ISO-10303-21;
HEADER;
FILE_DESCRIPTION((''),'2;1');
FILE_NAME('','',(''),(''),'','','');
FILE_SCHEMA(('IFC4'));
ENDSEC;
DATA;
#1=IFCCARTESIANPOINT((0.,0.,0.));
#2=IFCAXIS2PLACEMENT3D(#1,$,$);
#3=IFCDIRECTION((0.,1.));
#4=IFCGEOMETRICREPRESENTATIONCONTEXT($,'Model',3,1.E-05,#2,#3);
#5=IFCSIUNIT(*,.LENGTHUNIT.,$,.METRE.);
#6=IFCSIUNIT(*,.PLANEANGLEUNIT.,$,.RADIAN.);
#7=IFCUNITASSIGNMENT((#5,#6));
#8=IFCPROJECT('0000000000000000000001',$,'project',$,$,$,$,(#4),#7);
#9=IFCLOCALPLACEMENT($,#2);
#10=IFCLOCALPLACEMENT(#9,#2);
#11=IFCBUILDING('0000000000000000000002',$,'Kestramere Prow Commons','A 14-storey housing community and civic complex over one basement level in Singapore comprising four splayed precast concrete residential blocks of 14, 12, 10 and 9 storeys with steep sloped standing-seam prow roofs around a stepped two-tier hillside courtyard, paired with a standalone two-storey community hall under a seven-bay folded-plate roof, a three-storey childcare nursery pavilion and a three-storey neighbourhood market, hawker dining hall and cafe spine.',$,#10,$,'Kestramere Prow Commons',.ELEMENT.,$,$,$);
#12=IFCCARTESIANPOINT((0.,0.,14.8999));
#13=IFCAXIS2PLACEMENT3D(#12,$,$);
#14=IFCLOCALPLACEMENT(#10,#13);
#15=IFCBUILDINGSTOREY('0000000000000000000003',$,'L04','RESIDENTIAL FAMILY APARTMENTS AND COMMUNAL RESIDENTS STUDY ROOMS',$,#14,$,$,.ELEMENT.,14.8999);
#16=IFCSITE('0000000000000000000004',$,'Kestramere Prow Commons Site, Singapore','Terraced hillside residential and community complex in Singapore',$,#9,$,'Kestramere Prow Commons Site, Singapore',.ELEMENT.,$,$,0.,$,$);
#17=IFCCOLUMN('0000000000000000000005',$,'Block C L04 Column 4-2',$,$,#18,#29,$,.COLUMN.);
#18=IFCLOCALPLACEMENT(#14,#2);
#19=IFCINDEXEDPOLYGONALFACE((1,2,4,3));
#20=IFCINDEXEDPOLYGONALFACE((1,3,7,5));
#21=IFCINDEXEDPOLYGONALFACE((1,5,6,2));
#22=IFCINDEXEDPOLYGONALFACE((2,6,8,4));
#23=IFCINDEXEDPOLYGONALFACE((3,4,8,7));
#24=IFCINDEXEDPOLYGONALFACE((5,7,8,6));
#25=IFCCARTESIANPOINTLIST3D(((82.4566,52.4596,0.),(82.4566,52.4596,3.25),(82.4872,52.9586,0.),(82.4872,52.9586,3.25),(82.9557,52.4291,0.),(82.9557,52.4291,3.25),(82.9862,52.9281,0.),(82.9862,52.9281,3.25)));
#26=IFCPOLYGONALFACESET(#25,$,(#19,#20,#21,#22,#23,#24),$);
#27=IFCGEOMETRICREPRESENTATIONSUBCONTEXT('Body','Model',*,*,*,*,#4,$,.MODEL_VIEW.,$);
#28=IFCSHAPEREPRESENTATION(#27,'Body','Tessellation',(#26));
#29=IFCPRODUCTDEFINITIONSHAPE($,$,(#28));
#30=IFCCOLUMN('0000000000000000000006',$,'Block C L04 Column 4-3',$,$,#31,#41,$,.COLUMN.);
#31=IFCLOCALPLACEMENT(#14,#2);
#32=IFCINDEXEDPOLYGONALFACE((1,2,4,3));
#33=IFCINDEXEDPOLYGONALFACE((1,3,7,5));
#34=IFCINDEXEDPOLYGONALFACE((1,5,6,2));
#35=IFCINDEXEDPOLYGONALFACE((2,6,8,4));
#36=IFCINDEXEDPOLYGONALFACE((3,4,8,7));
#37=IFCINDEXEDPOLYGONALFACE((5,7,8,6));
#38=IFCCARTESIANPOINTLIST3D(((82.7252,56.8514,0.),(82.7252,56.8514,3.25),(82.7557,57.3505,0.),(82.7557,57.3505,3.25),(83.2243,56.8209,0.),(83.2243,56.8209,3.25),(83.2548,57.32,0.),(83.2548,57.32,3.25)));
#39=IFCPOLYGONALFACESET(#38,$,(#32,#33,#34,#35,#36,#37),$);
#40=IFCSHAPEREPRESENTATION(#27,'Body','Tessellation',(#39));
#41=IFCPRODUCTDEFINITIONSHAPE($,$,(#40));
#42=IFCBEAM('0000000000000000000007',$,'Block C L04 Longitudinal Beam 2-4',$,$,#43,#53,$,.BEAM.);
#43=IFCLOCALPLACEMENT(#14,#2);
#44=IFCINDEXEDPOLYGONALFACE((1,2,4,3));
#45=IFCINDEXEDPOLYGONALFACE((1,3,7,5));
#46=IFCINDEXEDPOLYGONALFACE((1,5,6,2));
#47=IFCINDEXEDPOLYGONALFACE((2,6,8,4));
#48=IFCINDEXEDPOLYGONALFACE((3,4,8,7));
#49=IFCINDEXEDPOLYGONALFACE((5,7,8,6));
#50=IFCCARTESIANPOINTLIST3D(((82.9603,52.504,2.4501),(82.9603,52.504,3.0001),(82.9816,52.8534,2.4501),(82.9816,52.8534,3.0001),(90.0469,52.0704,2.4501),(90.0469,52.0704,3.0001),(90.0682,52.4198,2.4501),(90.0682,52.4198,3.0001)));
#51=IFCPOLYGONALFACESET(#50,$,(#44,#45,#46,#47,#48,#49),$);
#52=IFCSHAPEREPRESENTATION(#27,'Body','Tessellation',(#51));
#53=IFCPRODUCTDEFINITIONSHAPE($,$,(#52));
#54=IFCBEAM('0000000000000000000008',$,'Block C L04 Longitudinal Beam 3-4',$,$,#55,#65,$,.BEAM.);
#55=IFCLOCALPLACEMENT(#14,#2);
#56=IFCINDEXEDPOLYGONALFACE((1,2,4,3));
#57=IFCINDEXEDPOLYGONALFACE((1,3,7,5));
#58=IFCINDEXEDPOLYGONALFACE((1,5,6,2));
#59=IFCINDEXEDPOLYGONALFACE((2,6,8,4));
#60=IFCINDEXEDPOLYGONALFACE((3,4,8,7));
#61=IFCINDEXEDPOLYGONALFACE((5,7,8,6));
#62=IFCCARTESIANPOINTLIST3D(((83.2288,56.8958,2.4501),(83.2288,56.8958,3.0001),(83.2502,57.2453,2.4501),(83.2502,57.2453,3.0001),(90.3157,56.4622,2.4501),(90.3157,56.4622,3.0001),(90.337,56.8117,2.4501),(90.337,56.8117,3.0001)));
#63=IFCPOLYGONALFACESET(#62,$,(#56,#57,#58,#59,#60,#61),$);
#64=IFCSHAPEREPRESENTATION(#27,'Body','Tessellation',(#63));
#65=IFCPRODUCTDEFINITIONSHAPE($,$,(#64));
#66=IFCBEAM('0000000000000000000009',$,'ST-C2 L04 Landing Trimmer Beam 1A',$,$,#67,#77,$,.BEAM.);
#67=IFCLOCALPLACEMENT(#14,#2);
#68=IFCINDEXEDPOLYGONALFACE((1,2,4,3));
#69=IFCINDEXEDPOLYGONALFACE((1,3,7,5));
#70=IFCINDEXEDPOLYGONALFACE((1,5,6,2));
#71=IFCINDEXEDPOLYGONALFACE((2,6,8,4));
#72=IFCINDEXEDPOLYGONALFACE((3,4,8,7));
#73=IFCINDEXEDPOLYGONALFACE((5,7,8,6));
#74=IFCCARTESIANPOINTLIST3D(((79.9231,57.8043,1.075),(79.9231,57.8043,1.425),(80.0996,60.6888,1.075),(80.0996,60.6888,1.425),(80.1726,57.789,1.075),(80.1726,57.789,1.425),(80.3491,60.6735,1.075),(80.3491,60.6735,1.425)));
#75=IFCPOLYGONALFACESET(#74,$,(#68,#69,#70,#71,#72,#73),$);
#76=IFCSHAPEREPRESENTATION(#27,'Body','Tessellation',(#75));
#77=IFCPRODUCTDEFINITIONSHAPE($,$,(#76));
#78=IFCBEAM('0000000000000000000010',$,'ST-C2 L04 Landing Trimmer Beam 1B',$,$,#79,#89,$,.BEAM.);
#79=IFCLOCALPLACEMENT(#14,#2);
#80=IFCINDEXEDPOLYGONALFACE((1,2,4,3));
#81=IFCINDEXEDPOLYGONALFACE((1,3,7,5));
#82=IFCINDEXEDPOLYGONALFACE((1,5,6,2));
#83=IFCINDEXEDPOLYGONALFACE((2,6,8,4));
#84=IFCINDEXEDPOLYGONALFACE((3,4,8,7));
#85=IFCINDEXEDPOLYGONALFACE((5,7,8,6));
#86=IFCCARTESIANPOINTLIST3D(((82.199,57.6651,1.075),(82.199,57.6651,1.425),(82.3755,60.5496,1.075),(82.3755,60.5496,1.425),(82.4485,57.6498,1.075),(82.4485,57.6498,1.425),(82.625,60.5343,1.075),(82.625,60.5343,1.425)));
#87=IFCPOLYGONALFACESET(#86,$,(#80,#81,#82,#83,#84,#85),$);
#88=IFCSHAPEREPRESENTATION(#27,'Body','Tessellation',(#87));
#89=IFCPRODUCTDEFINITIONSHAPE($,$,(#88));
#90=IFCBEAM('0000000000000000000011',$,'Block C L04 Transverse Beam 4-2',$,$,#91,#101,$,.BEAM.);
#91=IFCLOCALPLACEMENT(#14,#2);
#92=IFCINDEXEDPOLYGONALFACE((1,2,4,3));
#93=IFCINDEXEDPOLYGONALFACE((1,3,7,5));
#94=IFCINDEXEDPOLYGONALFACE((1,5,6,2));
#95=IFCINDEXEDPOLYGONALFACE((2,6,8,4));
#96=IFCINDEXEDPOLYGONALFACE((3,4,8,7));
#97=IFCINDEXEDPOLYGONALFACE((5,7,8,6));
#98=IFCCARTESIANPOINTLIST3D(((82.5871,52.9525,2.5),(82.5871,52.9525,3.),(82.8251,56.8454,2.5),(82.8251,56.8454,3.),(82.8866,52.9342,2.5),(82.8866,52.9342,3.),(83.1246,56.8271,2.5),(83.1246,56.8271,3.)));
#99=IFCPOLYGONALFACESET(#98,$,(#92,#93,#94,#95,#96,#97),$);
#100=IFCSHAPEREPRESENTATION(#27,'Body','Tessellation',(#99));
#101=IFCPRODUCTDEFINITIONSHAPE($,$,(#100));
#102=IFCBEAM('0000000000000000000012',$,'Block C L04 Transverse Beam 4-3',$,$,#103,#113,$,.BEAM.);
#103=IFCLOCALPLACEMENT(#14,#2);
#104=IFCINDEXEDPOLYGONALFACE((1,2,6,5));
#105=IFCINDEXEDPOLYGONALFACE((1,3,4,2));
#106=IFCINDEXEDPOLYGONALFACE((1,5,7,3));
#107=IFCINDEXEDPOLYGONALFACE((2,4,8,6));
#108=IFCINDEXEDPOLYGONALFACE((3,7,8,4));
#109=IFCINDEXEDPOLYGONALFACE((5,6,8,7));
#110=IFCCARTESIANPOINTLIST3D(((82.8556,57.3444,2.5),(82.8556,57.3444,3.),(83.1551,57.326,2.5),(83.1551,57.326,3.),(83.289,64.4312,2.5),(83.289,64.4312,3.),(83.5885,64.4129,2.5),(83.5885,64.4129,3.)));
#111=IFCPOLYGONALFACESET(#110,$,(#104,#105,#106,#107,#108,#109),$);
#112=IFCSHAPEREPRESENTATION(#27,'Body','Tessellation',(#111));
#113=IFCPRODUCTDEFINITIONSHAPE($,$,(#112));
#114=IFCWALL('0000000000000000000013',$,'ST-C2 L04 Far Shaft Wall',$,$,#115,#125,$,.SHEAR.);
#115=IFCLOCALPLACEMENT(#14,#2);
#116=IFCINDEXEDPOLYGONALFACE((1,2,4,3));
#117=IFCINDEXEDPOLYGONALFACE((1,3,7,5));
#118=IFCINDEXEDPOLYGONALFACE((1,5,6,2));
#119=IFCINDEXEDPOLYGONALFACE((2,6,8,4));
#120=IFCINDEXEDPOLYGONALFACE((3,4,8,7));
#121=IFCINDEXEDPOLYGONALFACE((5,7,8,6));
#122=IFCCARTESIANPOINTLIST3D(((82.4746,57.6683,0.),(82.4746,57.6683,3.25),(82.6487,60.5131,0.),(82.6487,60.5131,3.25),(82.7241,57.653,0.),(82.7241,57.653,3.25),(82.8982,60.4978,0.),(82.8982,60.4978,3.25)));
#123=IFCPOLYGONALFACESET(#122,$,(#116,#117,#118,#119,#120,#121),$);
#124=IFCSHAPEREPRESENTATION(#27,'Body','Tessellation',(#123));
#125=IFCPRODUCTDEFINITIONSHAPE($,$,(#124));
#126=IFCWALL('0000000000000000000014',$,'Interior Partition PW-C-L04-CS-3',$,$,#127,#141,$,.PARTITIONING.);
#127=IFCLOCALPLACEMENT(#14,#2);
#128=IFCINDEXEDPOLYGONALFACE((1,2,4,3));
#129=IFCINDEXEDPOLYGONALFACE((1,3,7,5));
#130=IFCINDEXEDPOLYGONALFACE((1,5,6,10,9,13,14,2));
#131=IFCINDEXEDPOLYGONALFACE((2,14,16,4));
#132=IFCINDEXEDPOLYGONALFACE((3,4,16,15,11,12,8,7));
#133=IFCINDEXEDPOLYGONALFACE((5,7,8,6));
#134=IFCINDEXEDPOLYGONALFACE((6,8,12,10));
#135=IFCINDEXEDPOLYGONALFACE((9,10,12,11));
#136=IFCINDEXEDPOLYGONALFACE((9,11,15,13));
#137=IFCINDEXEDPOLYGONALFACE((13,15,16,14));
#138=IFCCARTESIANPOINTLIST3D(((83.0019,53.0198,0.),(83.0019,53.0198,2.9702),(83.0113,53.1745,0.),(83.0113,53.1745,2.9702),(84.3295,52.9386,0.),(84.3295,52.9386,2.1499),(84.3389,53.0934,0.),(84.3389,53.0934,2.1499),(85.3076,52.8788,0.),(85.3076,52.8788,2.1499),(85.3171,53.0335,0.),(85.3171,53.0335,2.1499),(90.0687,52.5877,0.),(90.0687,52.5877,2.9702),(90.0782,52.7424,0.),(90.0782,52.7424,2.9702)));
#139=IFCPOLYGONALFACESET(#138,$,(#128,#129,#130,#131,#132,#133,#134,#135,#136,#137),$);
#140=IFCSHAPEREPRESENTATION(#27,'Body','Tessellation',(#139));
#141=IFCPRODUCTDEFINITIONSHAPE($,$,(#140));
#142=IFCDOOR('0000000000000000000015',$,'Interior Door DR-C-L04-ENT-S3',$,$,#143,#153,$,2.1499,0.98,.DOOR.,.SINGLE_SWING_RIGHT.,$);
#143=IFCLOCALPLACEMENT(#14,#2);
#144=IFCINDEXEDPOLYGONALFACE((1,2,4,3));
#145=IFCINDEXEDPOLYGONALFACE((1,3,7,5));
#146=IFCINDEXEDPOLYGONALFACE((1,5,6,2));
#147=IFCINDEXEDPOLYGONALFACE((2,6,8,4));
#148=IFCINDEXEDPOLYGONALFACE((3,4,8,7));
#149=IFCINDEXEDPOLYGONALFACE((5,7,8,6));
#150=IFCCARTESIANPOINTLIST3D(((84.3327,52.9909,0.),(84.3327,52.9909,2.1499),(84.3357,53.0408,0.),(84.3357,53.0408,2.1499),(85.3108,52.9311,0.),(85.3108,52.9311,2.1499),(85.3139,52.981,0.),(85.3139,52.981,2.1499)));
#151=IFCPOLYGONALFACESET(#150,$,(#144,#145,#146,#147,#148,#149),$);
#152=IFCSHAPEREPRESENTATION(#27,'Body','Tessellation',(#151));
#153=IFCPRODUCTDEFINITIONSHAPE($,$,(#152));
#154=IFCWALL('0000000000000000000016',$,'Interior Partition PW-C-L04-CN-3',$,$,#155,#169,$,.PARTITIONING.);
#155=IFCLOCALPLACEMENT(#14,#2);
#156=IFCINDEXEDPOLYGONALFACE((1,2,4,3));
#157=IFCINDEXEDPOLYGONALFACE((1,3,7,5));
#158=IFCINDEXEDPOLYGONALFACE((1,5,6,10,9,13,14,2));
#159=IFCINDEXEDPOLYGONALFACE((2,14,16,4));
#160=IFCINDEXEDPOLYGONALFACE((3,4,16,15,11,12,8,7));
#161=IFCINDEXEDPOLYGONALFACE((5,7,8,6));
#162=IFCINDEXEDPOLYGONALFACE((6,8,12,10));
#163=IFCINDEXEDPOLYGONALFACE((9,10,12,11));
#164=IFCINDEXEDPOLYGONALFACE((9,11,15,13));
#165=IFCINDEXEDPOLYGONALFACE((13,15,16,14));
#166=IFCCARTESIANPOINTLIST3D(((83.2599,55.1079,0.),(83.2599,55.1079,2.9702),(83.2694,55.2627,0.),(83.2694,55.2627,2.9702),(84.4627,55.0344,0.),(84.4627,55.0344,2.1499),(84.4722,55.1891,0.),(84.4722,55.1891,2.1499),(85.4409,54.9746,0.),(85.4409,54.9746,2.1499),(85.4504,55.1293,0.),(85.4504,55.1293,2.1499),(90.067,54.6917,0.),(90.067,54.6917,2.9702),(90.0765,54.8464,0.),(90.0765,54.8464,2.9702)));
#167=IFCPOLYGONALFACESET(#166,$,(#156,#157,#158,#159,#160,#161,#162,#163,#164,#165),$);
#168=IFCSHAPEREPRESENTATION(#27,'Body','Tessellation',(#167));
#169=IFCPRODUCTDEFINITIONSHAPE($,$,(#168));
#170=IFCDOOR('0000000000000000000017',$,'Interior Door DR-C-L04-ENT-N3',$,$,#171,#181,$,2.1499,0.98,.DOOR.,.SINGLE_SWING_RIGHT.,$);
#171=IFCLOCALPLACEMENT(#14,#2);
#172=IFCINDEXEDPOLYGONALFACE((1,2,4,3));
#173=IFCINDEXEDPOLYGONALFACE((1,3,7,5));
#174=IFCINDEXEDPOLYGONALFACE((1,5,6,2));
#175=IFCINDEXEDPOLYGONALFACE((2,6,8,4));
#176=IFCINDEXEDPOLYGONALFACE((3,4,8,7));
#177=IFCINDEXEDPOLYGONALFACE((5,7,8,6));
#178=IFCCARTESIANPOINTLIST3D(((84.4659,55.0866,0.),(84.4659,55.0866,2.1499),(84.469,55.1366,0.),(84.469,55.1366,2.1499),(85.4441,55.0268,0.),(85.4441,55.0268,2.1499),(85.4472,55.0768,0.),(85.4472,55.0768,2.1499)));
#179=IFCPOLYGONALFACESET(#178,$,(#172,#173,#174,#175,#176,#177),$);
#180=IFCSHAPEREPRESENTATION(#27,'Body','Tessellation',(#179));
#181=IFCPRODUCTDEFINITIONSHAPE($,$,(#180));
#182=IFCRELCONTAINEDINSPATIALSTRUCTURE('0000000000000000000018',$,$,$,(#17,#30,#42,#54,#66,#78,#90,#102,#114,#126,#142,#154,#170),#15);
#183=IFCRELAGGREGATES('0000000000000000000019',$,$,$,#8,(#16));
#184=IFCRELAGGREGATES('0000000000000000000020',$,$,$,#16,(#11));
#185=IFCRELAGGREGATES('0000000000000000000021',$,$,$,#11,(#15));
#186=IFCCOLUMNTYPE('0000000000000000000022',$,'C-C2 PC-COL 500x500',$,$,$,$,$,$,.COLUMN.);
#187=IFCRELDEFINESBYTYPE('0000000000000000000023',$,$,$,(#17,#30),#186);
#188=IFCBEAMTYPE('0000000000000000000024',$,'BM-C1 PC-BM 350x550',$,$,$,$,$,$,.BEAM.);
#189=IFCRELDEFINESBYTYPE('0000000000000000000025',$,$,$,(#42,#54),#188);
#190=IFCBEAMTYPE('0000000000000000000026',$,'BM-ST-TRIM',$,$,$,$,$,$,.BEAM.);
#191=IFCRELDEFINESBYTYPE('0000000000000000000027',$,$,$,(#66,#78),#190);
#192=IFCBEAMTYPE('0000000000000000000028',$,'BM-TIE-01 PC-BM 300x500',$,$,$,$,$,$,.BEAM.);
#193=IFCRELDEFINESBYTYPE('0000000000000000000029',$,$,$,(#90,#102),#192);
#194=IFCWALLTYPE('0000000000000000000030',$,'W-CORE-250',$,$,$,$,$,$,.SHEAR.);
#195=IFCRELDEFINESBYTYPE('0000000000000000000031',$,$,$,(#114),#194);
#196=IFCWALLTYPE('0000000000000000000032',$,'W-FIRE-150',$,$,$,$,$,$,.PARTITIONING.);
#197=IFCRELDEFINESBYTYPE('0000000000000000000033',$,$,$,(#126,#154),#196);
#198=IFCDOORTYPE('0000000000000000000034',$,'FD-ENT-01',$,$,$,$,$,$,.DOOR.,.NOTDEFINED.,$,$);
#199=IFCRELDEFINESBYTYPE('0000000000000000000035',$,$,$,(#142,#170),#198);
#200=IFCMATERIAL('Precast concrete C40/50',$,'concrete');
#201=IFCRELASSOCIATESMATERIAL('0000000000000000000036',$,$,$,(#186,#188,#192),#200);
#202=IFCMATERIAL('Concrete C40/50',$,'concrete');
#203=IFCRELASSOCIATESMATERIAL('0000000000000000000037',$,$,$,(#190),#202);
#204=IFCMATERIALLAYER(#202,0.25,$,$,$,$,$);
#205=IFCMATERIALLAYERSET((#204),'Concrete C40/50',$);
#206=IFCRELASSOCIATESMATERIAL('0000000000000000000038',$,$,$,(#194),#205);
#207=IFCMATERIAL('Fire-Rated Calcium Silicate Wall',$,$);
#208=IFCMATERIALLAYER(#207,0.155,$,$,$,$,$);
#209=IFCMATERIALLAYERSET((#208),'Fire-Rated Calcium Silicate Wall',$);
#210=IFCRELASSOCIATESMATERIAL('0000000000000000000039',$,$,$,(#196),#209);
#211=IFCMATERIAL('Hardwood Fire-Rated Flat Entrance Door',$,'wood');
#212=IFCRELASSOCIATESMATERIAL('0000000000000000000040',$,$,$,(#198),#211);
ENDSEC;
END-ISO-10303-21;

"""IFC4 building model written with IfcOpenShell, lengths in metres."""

from ifc_helpers import new_model, si_unit, direction, frame, frame_2d, origin, origin_2d, place, context, subcontext, project, spatial, rectangle, extrude, material, layer, layer_set, material_profile, profile_set, type_object, element, fill, save


model = new_model("IFC4")

# Units and contexts
model_context = context("Model", 3, precision=1e-05, world=origin(), true_north=direction((0.0, 1.0)))
body_context = subcontext(model_context, "Body", "Model", "MODEL_VIEW")
ifc_project = project(units=[si_unit("LENGTHUNIT", "METRE"), si_unit("PLANEANGLEUNIT", "RADIAN")], contexts=[model_context])

# Site, building, storey
site_placement = place(None, origin())
site = spatial("IfcSite", under=ifc_project, at=site_placement, Name="Kestramere Prow Commons Site, Singapore", Description="Terraced hillside residential and community complex in Singapore", LongName="Kestramere Prow Commons Site, Singapore", CompositionType="ELEMENT", RefElevation=0.0)
building_placement = place(site_placement, origin())
building = spatial("IfcBuilding", under=site, at=building_placement, Name="Kestramere Prow Commons", Description="A 14-storey housing community and civic complex over one basement level in Singapore comprising four splayed precast concrete residential blocks of 14, 12, 10 and 9 storeys with steep sloped standing-seam prow roofs around a stepped two-tier hillside courtyard, paired with a standalone two-storey community hall under a seven-bay folded-plate roof, a three-storey childcare nursery pavilion and a three-storey neighbourhood market, hawker dining hall and cafe spine.", LongName="Kestramere Prow Commons", CompositionType="ELEMENT")
storey_placement = place(building_placement, frame((0.0, 0.0, 14.8999)))
storey = spatial("IfcBuildingStorey", under=building, at=storey_placement, Name="L04", Description="RESIDENTIAL FAMILY APARTMENTS AND COMMUNAL RESIDENTS STUDY ROOMS", CompositionType="ELEMENT", Elevation=14.8999)

# Columns
ifc_material_1 = material(Name="Precast concrete C40/50", Category="concrete")
ifc_material_profile_1 = material_profile(ifc_material_1, rectangle(XDim=0.5, YDim=0.5, at=origin_2d()), Name="PC-COL 500x500")
ifc_profile_set_1 = profile_set([ifc_material_profile_1], Name="Precast concrete C40/50")
column_type = type_object("IfcColumnType", Name="C-C2 PC-COL 500x500", PredefinedType="COLUMN", material=ifc_profile_set_1)
for number, where, z_axis, x_axis, name in (
    (1, (82.7214, 52.6938, 0.0), (0.0, 0.0, 1.0), (0.998135, -0.061049, 0.0), "Block C L04 Column 4-2"),
    (2, (82.99, 57.0857, 0.0), (0.0, 0.0, 1.0), (0.998135, -0.061049, 0.0), "Block C L04 Column 4-3"),
):
    element("IfcColumn", number, at=place(storey_placement, frame(where, z_axis=z_axis, x_axis=x_axis)), inside=storey, type_object=column_type, Name=name, PredefinedType="COLUMN", context=body_context, shape_type="SweptSolid", body=[
        extrude(rectangle(XDim=0.5, YDim=0.5, at=origin_2d()), origin(), (0.0, 0.0, 1.0), 3.25),
    ])

# Beams
ifc_material_profile_2 = material_profile(ifc_material_1, rectangle(XDim=0.3501, YDim=0.55, at=origin_2d()), Name="PC-BM 350x550")
ifc_profile_set_2 = profile_set([ifc_material_profile_2], Name="Precast concrete C40/50")
beam_type_1 = type_object("IfcBeamType", Name="BM-C1 PC-BM 350x550", PredefinedType="BEAM", material=ifc_profile_set_2)
beam_1_placement = place(storey_placement, frame((82.9709, 52.6787, 2.7251), z_axis=(0.998133, -0.06107, 0.0), x_axis=(0.06107, 0.998133, 0.0)))
element("IfcBeam", 3, at=beam_1_placement, inside=storey, type_object=beam_type_1, Name="Block C L04 Longitudinal Beam 2-4", PredefinedType="BEAM", context=body_context, shape_type="SweptSolid", body=[
    extrude(rectangle(XDim=0.3501, YDim=0.55, at=origin_2d()), origin(), (0.0, 0.0, 1.0), 7.0999),
])
beam_2_placement = place(storey_placement, frame((83.2395, 57.0706, 2.7251), z_axis=(0.998134, -0.061068, 0.0), x_axis=(0.061068, 0.998134, 0.0)))
element("IfcBeam", 4, at=beam_2_placement, inside=storey, type_object=beam_type_1, Name="Block C L04 Longitudinal Beam 3-4", PredefinedType="BEAM", context=body_context, shape_type="SweptSolid", body=[
    extrude(rectangle(XDim=0.3501, YDim=0.55, at=origin_2d()), origin(), (0.0, 0.0, 1.0), 7.1001),
])
ifc_material_2 = material(Name="Concrete C40/50", Category="concrete")
ifc_material_profile_3 = material_profile(ifc_material_2, rectangle(XDim=0.25, YDim=0.3501, at=origin_2d()), Name="PC-BM 250x350")
ifc_profile_set_3 = profile_set([ifc_material_profile_3], Name="Concrete C40/50")
beam_type_2 = type_object("IfcBeamType", Name="BM-ST-TRIM", PredefinedType="BEAM", material=ifc_profile_set_3)
for number, where, z_axis, x_axis, name in (
    (5, (80.0479, 57.7966, 1.25), (0.061079, 0.998133, 0.0), (-0.998133, 0.061079, 0.0), "ST-C2 L04 Landing Trimmer Beam 1A"),
    (6, (82.3237, 57.6575, 1.25), (0.061079, 0.998133, 0.0), (-0.998133, 0.061079, 0.0), "ST-C2 L04 Landing Trimmer Beam 1B"),
):
    element("IfcBeam", number, at=place(storey_placement, frame(where, z_axis=z_axis, x_axis=x_axis)), inside=storey, type_object=beam_type_2, Name=name, PredefinedType="BEAM", context=body_context, shape_type="SweptSolid", body=[
        extrude(rectangle(XDim=0.25, YDim=0.3501, at=origin_2d()), origin(), (0.0, 0.0, 1.0), 2.8899),
    ])
ifc_material_profile_4 = material_profile(ifc_material_1, rectangle(XDim=0.3, YDim=0.5, at=origin_2d()), Name="PC-BM 300x500")
ifc_profile_set_4 = profile_set([ifc_material_profile_4], Name="Precast concrete C40/50")
beam_type_3 = type_object("IfcBeamType", Name="BM-TIE-01 PC-BM 300x500", PredefinedType="BEAM", material=ifc_profile_set_4)
beam_3_placement = place(storey_placement, frame((82.7368, 52.9434, 2.75), z_axis=(0.061034, 0.998136, 0.0), x_axis=(-0.998136, 0.061034, 0.0)))
element("IfcBeam", 7, at=beam_3_placement, inside=storey, type_object=beam_type_3, Name="Block C L04 Transverse Beam 4-2", PredefinedType="BEAM", context=body_context, shape_type="SweptSolid", body=[
    extrude(rectangle(XDim=0.3, YDim=0.5, at=origin_2d()), origin(), (0.0, 0.0, 1.0), 3.9001),
])
beam_4_placement = place(storey_placement, frame((83.0054, 57.3352, 2.75), z_axis=(0.061034, 0.998136, 0.0), x_axis=(-0.998136, 0.061034, 0.0)))
element("IfcBeam", 8, at=beam_4_placement, inside=storey, type_object=beam_type_3, Name="Block C L04 Transverse Beam 4-3", PredefinedType="BEAM", context=body_context, shape_type="SweptSolid", body=[
    extrude(rectangle(XDim=0.3, YDim=0.5, at=origin_2d()), origin(), (0.0, 0.0, 1.0), 7.1001),
])

# Wall
ifc_layer_1 = layer(ifc_material_2, 0.25)
ifc_layer_set_1 = layer_set([ifc_layer_1], Name="Concrete C40/50")
wall_type_1 = type_object("IfcWallType", Name="W-CORE-250", PredefinedType="SHEAR", material=ifc_layer_set_1)
wall_1_placement = place(storey_placement, frame((82.5994, 57.6606, 0.0), z_axis=(0.0, 0.0, 1.0), x_axis=(0.061077, 0.998133, 0.0)))
element("IfcWall", 9, at=wall_1_placement, inside=storey, type_object=wall_type_1, Name="ST-C2 L04 Far Shaft Wall", PredefinedType="SHEAR", context=body_context, shape_type="SweptSolid", body=[
    extrude(rectangle(XDim=2.8501, YDim=0.25, at=frame_2d((1.425, 0.0))), origin(), (0.0, 0.0, 1.0), 3.25),
])

# Walls, openings, doors
ifc_material_3 = material(Name="Fire-Rated Calcium Silicate Wall")
ifc_layer_2 = layer(ifc_material_3, 0.155)
ifc_layer_set_2 = layer_set([ifc_layer_2], Name="Fire-Rated Calcium Silicate Wall")
wall_type_2 = type_object("IfcWallType", Name="W-FIRE-150", PredefinedType="PARTITIONING", material=ifc_layer_set_2)
wall_2_placement = place(storey_placement, frame((83.0066, 53.0972, 0.0), z_axis=(0.0, 0.0, 1.0), x_axis=(0.998136, -0.061034, 0.0)))
wall_2 = element("IfcWall", 10, at=wall_2_placement, inside=storey, type_object=wall_type_2, Name="Interior Partition PW-C-L04-CS-3", PredefinedType="PARTITIONING", context=body_context, shape_type="SweptSolid", body=[
    extrude(rectangle(XDim=7.0801, YDim=0.155, at=frame_2d((3.54, 0.0))), origin(), (0.0, 0.0, 1.0), 2.9702),
])
opening_1_placement = place(wall_2_placement, frame((1.3301, 0.0, 0.0)))
opening_1 = element("IfcOpeningElement", 11, at=opening_1_placement, cuts=wall_2, PredefinedType="OPENING", context=body_context, shape_type="SweptSolid", body=[
    extrude(rectangle(XDim=0.98, YDim=2.1499, at=frame_2d((0.49, 1.075))), frame((0.0, 0.0925, 0.0), z_axis=(0.0, -1.0, 0.0), x_axis=(1.0, 0.0, 0.0)), (0.0, 0.0, 1.0), 0.1851),
])
ifc_material_4 = material(Name="Hardwood Fire-Rated Flat Entrance Door", Category="wood")
door_type_1 = type_object("IfcDoorType", Name="FD-ENT-01", OperationType="NOTDEFINED", PredefinedType="DOOR", material=ifc_material_4)
door_1_placement = place(opening_1_placement, origin())
door_1 = element("IfcDoor", 12, at=door_1_placement, inside=storey, type_object=door_type_1, Name="Interior Door DR-C-L04-ENT-S3", OperationType="SINGLE_SWING_RIGHT", OverallHeight=2.1499, OverallWidth=0.98, PredefinedType="DOOR", context=body_context, shape_type="SweptSolid", body=[
    extrude(rectangle(XDim=0.98, YDim=2.1499, at=frame_2d((0.49, 1.075))), frame((0.0, 0.0249, 0.0), z_axis=(0.0, -1.0, 0.0), x_axis=(1.0, 0.0, 0.0)), (0.0, 0.0, 1.0), 0.05),
])
fill(opening_1, door_1)
wall_3_placement = place(storey_placement, frame((83.2646, 55.1853, 0.0), z_axis=(0.0, 0.0, 1.0), x_axis=(0.998136, -0.061037, 0.0)))
wall_3 = element("IfcWall", 13, at=wall_3_placement, inside=storey, type_object=wall_type_2, Name="Interior Partition PW-C-L04-CN-3", PredefinedType="PARTITIONING", context=body_context, shape_type="SweptSolid", body=[
    extrude(rectangle(XDim=6.8198, YDim=0.155, at=frame_2d((3.4099, 0.0))), origin(), (0.0, 0.0, 1.0), 2.9702),
])
opening_2_placement = place(wall_3_placement, frame((1.2051, 0.0, 0.0)))
opening_2 = element("IfcOpeningElement", 14, at=opening_2_placement, cuts=wall_3, PredefinedType="OPENING", context=body_context, shape_type="SweptSolid", body=[
    extrude(rectangle(XDim=0.98, YDim=2.1499, at=frame_2d((0.49, 1.075))), frame((0.0, 0.0925, 0.0), z_axis=(0.0, -1.0, 0.0), x_axis=(1.0, 0.0, 0.0)), (0.0, 0.0, 1.0), 0.1851),
])
door_2_placement = place(opening_2_placement, origin())
door_2 = element("IfcDoor", 15, at=door_2_placement, inside=storey, type_object=door_type_1, Name="Interior Door DR-C-L04-ENT-N3", OperationType="SINGLE_SWING_RIGHT", OverallHeight=2.1499, OverallWidth=0.98, PredefinedType="DOOR", context=body_context, shape_type="SweptSolid", body=[
    extrude(rectangle(XDim=0.98, YDim=2.1499, at=frame_2d((0.49, 1.075))), frame((0.0, 0.0249, 0.0), z_axis=(0.0, -1.0, 0.0), x_axis=(1.0, 0.0, 0.0)), (0.0, 0.0, 1.0), 0.05),
])
fill(opening_2, door_2)

save(model, "model.ifc")
